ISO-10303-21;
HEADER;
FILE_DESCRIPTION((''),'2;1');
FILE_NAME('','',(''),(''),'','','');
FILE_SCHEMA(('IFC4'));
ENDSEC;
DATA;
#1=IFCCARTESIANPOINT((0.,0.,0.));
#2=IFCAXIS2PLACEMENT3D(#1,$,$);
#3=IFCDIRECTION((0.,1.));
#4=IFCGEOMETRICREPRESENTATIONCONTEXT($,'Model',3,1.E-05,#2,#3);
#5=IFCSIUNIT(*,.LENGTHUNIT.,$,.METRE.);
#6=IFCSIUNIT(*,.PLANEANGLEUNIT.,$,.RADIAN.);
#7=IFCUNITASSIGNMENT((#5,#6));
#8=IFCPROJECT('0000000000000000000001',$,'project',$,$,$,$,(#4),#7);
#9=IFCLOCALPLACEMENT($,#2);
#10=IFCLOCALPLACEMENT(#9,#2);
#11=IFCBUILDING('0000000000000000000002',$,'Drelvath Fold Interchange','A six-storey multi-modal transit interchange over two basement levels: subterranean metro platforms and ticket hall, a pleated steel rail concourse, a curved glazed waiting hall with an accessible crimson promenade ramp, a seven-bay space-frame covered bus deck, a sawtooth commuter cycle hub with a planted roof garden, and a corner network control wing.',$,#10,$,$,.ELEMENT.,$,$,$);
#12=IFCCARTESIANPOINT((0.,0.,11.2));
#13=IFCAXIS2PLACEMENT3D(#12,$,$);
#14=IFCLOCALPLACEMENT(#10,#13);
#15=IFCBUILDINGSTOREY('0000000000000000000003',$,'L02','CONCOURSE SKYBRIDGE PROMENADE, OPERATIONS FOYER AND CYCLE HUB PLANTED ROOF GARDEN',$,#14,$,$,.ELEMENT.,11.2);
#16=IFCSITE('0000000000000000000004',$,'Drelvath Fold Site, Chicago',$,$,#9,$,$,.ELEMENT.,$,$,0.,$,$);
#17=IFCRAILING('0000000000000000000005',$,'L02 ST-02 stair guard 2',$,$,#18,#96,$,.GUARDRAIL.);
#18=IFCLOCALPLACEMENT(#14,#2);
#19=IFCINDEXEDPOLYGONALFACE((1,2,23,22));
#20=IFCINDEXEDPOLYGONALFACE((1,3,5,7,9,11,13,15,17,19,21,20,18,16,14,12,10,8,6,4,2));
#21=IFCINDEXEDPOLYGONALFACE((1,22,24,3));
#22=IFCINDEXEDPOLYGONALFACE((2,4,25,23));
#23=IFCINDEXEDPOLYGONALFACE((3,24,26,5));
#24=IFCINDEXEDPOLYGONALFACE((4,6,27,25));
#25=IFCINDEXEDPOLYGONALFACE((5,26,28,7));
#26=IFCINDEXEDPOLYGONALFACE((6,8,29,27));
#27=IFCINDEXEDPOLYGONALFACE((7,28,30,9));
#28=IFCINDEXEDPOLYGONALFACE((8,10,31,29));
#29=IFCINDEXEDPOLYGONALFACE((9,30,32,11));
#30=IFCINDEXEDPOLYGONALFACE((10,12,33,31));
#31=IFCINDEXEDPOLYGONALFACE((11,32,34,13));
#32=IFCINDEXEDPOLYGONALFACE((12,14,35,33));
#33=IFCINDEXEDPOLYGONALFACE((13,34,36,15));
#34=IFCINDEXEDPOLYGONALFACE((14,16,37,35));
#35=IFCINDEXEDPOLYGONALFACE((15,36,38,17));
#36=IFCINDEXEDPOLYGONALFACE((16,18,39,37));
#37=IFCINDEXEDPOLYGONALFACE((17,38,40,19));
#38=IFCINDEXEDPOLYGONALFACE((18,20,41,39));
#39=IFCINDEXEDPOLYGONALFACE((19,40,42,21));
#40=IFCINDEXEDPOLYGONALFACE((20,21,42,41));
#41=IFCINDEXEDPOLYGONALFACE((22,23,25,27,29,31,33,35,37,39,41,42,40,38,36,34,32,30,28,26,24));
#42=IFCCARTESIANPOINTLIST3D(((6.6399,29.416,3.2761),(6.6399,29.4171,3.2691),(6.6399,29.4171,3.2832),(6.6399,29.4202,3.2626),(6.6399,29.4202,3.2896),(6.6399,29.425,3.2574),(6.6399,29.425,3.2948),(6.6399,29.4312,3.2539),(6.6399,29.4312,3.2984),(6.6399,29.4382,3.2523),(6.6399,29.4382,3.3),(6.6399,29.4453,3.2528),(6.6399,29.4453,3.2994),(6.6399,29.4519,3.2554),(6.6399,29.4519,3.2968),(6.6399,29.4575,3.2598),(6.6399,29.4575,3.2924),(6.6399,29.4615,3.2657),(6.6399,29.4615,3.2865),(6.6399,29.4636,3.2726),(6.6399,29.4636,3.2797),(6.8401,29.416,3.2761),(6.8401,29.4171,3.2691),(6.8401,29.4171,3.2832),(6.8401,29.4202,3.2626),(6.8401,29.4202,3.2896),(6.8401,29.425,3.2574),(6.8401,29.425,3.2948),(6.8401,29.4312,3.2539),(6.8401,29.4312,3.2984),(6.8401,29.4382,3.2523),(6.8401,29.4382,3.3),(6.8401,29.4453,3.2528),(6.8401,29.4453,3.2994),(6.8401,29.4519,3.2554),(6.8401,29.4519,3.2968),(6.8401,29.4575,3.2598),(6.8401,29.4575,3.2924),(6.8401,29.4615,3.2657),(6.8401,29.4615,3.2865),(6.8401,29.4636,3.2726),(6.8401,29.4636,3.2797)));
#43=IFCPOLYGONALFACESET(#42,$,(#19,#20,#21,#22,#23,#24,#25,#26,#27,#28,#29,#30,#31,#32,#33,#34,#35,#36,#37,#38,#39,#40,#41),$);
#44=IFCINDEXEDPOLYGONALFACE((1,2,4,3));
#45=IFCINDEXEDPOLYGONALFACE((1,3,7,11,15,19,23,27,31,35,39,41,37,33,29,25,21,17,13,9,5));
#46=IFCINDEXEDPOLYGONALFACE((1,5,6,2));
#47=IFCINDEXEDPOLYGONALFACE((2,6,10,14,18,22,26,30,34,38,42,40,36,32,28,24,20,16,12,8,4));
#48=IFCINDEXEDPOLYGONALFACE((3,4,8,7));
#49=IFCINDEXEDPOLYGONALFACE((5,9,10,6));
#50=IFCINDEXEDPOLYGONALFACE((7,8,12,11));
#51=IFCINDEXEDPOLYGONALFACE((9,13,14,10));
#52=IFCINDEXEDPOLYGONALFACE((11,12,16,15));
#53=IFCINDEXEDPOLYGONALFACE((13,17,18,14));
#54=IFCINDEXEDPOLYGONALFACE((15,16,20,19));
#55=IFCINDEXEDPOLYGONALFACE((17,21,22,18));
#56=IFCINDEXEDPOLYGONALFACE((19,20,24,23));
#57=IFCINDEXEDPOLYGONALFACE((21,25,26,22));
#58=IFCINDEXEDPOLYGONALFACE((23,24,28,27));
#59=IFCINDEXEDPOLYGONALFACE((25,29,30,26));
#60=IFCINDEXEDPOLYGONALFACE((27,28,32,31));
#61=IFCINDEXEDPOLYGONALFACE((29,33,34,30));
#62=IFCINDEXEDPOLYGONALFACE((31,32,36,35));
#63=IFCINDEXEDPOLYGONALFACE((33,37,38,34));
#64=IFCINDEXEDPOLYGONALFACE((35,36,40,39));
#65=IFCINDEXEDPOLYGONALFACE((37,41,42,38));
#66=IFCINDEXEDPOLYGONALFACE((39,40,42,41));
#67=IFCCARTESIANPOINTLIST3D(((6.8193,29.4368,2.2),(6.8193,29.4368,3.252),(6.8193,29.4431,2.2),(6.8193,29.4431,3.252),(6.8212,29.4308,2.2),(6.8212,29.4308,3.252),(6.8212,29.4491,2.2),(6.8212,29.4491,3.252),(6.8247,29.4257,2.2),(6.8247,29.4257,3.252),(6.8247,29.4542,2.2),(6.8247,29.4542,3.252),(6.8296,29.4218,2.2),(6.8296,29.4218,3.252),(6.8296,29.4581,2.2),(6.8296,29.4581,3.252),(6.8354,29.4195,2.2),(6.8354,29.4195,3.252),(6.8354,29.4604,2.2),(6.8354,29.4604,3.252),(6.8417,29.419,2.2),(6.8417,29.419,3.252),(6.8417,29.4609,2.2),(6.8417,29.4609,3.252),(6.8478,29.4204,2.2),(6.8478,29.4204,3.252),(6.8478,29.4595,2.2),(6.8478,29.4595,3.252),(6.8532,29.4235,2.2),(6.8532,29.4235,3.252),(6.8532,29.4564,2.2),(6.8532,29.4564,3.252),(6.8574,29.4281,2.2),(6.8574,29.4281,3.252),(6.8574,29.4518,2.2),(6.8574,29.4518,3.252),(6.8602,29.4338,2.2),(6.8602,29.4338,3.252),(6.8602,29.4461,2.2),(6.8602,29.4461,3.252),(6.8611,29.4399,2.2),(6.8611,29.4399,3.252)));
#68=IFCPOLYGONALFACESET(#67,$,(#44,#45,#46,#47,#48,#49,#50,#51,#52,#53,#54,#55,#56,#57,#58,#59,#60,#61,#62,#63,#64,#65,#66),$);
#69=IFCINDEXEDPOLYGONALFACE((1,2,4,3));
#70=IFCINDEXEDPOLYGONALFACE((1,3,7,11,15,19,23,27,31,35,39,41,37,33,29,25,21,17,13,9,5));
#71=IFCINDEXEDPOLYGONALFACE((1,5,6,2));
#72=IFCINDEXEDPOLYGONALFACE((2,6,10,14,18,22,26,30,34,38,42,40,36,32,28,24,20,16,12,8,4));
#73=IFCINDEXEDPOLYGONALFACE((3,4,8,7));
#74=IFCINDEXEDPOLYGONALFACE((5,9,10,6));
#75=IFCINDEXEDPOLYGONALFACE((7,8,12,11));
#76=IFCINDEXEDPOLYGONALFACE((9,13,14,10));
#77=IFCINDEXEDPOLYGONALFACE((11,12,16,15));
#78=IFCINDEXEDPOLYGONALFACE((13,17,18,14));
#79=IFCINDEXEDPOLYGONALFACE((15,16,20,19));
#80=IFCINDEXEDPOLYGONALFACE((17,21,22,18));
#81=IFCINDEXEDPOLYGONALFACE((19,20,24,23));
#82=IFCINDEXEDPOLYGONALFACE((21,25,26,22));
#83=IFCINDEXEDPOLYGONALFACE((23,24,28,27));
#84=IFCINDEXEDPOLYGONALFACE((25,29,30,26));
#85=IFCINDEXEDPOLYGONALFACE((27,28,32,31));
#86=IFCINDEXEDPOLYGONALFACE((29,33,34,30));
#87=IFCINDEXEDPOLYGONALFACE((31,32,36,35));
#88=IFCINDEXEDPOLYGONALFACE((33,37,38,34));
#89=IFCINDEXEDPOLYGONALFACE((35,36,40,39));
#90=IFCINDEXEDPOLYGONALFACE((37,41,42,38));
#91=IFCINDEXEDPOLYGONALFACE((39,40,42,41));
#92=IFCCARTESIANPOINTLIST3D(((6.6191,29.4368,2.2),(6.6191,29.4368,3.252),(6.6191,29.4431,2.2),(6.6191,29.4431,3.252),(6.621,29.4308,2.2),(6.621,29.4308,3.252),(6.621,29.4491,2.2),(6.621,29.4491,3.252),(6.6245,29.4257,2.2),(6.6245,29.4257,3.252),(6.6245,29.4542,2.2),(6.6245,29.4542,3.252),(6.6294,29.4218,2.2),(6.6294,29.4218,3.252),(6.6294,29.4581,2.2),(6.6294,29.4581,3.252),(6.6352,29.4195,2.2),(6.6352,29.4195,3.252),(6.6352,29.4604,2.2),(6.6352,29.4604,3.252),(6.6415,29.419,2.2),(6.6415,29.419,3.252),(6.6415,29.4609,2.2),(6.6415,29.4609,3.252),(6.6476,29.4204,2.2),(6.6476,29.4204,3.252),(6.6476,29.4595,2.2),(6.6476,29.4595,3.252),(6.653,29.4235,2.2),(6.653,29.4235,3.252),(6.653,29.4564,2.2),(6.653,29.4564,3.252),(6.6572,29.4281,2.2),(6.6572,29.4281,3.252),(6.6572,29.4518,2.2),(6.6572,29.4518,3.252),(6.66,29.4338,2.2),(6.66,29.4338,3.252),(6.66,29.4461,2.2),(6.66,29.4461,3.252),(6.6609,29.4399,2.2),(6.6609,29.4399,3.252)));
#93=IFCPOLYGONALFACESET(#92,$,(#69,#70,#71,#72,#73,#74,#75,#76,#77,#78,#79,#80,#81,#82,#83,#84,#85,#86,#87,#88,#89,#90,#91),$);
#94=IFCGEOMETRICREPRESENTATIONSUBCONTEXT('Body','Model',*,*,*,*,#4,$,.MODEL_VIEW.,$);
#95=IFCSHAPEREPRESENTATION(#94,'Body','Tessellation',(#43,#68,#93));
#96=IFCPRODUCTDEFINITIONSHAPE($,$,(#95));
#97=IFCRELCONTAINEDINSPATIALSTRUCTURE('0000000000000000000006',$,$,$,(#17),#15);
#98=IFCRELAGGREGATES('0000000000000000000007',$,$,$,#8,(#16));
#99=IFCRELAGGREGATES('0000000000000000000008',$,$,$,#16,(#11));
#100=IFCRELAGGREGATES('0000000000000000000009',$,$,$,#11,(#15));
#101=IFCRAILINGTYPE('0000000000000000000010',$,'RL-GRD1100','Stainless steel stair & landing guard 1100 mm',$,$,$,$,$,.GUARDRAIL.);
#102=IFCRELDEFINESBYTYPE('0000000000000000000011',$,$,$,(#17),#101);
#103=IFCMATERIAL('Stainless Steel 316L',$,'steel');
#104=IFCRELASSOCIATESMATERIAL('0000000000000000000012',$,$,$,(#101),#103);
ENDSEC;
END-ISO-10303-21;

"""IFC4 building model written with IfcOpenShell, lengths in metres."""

from ifc_helpers import new_model, si_unit, direction, frame, origin, origin_2d, place, context, subcontext, project, spatial, circle, extrude, material, type_object, element, save


model = new_model("IFC4")

# Units and contexts
model_context = context("Model", 3, precision=1e-05, world=origin(), true_north=direction((0.0, 1.0)))
body_context = subcontext(model_context, "Body", "Model", "MODEL_VIEW")
ifc_project = project(units=[si_unit("LENGTHUNIT", "METRE"), si_unit("PLANEANGLEUNIT", "RADIAN")], contexts=[model_context])

# Site, building, storey
site_placement = place(None, origin())
site = spatial("IfcSite", under=ifc_project, at=site_placement, Name="Drelvath Fold Site, Chicago", CompositionType="ELEMENT", RefElevation=0.0)
building_placement = place(site_placement, origin())
building = spatial("IfcBuilding", under=site, at=building_placement, Name="Drelvath Fold Interchange", Description="A six-storey multi-modal transit interchange over two basement levels: subterranean metro platforms and ticket hall, a pleated steel rail concourse, a curved glazed waiting hall with an accessible crimson promenade ramp, a seven-bay space-frame covered bus deck, a sawtooth commuter cycle hub with a planted roof garden, and a corner network control wing.", CompositionType="ELEMENT")
storey_placement = place(building_placement, frame((0.0, 0.0, 11.2)))
storey = spatial("IfcBuildingStorey", under=building, at=storey_placement, Name="L02", Description="CONCOURSE SKYBRIDGE PROMENADE, OPERATIONS FOYER AND CYCLE HUB PLANTED ROOF GARDEN", CompositionType="ELEMENT", Elevation=11.2)

# Railing
ifc_material_1 = material(Name="Stainless Steel 316L", Category="steel")
railing_type_1 = type_object("IfcRailingType", Name="RL-GRD1100", Description="Stainless steel stair & landing guard 1100 mm", PredefinedType="GUARDRAIL", material=ifc_material_1)
railing_1_placement = place(storey_placement, frame((6.8401, 29.4399, 2.2)))
element("IfcRailing", 1, at=railing_1_placement, inside=storey, type_object=railing_type_1, Name="L02 ST-02 stair guard 2", PredefinedType="GUARDRAIL", context=body_context, shape_type="SweptSolid", body=[
    extrude(circle(Radius=0.0239, at=origin_2d()), frame((0.0, 0.0, 1.0762), z_axis=(-1.0, 0.0, 0.0), x_axis=(0.0, -1.0, 0.0)), (0.0, 0.0, 1.0), 0.2002),
    extrude(circle(Radius=0.021, at=origin_2d()), origin(), (0.0, 0.0, 1.0), 1.052),
    extrude(circle(Radius=0.021, at=origin_2d()), frame((-0.2002, 0.0, 0.0)), (0.0, 0.0, 1.0), 1.052),
])

save(model, "model.ifc")
